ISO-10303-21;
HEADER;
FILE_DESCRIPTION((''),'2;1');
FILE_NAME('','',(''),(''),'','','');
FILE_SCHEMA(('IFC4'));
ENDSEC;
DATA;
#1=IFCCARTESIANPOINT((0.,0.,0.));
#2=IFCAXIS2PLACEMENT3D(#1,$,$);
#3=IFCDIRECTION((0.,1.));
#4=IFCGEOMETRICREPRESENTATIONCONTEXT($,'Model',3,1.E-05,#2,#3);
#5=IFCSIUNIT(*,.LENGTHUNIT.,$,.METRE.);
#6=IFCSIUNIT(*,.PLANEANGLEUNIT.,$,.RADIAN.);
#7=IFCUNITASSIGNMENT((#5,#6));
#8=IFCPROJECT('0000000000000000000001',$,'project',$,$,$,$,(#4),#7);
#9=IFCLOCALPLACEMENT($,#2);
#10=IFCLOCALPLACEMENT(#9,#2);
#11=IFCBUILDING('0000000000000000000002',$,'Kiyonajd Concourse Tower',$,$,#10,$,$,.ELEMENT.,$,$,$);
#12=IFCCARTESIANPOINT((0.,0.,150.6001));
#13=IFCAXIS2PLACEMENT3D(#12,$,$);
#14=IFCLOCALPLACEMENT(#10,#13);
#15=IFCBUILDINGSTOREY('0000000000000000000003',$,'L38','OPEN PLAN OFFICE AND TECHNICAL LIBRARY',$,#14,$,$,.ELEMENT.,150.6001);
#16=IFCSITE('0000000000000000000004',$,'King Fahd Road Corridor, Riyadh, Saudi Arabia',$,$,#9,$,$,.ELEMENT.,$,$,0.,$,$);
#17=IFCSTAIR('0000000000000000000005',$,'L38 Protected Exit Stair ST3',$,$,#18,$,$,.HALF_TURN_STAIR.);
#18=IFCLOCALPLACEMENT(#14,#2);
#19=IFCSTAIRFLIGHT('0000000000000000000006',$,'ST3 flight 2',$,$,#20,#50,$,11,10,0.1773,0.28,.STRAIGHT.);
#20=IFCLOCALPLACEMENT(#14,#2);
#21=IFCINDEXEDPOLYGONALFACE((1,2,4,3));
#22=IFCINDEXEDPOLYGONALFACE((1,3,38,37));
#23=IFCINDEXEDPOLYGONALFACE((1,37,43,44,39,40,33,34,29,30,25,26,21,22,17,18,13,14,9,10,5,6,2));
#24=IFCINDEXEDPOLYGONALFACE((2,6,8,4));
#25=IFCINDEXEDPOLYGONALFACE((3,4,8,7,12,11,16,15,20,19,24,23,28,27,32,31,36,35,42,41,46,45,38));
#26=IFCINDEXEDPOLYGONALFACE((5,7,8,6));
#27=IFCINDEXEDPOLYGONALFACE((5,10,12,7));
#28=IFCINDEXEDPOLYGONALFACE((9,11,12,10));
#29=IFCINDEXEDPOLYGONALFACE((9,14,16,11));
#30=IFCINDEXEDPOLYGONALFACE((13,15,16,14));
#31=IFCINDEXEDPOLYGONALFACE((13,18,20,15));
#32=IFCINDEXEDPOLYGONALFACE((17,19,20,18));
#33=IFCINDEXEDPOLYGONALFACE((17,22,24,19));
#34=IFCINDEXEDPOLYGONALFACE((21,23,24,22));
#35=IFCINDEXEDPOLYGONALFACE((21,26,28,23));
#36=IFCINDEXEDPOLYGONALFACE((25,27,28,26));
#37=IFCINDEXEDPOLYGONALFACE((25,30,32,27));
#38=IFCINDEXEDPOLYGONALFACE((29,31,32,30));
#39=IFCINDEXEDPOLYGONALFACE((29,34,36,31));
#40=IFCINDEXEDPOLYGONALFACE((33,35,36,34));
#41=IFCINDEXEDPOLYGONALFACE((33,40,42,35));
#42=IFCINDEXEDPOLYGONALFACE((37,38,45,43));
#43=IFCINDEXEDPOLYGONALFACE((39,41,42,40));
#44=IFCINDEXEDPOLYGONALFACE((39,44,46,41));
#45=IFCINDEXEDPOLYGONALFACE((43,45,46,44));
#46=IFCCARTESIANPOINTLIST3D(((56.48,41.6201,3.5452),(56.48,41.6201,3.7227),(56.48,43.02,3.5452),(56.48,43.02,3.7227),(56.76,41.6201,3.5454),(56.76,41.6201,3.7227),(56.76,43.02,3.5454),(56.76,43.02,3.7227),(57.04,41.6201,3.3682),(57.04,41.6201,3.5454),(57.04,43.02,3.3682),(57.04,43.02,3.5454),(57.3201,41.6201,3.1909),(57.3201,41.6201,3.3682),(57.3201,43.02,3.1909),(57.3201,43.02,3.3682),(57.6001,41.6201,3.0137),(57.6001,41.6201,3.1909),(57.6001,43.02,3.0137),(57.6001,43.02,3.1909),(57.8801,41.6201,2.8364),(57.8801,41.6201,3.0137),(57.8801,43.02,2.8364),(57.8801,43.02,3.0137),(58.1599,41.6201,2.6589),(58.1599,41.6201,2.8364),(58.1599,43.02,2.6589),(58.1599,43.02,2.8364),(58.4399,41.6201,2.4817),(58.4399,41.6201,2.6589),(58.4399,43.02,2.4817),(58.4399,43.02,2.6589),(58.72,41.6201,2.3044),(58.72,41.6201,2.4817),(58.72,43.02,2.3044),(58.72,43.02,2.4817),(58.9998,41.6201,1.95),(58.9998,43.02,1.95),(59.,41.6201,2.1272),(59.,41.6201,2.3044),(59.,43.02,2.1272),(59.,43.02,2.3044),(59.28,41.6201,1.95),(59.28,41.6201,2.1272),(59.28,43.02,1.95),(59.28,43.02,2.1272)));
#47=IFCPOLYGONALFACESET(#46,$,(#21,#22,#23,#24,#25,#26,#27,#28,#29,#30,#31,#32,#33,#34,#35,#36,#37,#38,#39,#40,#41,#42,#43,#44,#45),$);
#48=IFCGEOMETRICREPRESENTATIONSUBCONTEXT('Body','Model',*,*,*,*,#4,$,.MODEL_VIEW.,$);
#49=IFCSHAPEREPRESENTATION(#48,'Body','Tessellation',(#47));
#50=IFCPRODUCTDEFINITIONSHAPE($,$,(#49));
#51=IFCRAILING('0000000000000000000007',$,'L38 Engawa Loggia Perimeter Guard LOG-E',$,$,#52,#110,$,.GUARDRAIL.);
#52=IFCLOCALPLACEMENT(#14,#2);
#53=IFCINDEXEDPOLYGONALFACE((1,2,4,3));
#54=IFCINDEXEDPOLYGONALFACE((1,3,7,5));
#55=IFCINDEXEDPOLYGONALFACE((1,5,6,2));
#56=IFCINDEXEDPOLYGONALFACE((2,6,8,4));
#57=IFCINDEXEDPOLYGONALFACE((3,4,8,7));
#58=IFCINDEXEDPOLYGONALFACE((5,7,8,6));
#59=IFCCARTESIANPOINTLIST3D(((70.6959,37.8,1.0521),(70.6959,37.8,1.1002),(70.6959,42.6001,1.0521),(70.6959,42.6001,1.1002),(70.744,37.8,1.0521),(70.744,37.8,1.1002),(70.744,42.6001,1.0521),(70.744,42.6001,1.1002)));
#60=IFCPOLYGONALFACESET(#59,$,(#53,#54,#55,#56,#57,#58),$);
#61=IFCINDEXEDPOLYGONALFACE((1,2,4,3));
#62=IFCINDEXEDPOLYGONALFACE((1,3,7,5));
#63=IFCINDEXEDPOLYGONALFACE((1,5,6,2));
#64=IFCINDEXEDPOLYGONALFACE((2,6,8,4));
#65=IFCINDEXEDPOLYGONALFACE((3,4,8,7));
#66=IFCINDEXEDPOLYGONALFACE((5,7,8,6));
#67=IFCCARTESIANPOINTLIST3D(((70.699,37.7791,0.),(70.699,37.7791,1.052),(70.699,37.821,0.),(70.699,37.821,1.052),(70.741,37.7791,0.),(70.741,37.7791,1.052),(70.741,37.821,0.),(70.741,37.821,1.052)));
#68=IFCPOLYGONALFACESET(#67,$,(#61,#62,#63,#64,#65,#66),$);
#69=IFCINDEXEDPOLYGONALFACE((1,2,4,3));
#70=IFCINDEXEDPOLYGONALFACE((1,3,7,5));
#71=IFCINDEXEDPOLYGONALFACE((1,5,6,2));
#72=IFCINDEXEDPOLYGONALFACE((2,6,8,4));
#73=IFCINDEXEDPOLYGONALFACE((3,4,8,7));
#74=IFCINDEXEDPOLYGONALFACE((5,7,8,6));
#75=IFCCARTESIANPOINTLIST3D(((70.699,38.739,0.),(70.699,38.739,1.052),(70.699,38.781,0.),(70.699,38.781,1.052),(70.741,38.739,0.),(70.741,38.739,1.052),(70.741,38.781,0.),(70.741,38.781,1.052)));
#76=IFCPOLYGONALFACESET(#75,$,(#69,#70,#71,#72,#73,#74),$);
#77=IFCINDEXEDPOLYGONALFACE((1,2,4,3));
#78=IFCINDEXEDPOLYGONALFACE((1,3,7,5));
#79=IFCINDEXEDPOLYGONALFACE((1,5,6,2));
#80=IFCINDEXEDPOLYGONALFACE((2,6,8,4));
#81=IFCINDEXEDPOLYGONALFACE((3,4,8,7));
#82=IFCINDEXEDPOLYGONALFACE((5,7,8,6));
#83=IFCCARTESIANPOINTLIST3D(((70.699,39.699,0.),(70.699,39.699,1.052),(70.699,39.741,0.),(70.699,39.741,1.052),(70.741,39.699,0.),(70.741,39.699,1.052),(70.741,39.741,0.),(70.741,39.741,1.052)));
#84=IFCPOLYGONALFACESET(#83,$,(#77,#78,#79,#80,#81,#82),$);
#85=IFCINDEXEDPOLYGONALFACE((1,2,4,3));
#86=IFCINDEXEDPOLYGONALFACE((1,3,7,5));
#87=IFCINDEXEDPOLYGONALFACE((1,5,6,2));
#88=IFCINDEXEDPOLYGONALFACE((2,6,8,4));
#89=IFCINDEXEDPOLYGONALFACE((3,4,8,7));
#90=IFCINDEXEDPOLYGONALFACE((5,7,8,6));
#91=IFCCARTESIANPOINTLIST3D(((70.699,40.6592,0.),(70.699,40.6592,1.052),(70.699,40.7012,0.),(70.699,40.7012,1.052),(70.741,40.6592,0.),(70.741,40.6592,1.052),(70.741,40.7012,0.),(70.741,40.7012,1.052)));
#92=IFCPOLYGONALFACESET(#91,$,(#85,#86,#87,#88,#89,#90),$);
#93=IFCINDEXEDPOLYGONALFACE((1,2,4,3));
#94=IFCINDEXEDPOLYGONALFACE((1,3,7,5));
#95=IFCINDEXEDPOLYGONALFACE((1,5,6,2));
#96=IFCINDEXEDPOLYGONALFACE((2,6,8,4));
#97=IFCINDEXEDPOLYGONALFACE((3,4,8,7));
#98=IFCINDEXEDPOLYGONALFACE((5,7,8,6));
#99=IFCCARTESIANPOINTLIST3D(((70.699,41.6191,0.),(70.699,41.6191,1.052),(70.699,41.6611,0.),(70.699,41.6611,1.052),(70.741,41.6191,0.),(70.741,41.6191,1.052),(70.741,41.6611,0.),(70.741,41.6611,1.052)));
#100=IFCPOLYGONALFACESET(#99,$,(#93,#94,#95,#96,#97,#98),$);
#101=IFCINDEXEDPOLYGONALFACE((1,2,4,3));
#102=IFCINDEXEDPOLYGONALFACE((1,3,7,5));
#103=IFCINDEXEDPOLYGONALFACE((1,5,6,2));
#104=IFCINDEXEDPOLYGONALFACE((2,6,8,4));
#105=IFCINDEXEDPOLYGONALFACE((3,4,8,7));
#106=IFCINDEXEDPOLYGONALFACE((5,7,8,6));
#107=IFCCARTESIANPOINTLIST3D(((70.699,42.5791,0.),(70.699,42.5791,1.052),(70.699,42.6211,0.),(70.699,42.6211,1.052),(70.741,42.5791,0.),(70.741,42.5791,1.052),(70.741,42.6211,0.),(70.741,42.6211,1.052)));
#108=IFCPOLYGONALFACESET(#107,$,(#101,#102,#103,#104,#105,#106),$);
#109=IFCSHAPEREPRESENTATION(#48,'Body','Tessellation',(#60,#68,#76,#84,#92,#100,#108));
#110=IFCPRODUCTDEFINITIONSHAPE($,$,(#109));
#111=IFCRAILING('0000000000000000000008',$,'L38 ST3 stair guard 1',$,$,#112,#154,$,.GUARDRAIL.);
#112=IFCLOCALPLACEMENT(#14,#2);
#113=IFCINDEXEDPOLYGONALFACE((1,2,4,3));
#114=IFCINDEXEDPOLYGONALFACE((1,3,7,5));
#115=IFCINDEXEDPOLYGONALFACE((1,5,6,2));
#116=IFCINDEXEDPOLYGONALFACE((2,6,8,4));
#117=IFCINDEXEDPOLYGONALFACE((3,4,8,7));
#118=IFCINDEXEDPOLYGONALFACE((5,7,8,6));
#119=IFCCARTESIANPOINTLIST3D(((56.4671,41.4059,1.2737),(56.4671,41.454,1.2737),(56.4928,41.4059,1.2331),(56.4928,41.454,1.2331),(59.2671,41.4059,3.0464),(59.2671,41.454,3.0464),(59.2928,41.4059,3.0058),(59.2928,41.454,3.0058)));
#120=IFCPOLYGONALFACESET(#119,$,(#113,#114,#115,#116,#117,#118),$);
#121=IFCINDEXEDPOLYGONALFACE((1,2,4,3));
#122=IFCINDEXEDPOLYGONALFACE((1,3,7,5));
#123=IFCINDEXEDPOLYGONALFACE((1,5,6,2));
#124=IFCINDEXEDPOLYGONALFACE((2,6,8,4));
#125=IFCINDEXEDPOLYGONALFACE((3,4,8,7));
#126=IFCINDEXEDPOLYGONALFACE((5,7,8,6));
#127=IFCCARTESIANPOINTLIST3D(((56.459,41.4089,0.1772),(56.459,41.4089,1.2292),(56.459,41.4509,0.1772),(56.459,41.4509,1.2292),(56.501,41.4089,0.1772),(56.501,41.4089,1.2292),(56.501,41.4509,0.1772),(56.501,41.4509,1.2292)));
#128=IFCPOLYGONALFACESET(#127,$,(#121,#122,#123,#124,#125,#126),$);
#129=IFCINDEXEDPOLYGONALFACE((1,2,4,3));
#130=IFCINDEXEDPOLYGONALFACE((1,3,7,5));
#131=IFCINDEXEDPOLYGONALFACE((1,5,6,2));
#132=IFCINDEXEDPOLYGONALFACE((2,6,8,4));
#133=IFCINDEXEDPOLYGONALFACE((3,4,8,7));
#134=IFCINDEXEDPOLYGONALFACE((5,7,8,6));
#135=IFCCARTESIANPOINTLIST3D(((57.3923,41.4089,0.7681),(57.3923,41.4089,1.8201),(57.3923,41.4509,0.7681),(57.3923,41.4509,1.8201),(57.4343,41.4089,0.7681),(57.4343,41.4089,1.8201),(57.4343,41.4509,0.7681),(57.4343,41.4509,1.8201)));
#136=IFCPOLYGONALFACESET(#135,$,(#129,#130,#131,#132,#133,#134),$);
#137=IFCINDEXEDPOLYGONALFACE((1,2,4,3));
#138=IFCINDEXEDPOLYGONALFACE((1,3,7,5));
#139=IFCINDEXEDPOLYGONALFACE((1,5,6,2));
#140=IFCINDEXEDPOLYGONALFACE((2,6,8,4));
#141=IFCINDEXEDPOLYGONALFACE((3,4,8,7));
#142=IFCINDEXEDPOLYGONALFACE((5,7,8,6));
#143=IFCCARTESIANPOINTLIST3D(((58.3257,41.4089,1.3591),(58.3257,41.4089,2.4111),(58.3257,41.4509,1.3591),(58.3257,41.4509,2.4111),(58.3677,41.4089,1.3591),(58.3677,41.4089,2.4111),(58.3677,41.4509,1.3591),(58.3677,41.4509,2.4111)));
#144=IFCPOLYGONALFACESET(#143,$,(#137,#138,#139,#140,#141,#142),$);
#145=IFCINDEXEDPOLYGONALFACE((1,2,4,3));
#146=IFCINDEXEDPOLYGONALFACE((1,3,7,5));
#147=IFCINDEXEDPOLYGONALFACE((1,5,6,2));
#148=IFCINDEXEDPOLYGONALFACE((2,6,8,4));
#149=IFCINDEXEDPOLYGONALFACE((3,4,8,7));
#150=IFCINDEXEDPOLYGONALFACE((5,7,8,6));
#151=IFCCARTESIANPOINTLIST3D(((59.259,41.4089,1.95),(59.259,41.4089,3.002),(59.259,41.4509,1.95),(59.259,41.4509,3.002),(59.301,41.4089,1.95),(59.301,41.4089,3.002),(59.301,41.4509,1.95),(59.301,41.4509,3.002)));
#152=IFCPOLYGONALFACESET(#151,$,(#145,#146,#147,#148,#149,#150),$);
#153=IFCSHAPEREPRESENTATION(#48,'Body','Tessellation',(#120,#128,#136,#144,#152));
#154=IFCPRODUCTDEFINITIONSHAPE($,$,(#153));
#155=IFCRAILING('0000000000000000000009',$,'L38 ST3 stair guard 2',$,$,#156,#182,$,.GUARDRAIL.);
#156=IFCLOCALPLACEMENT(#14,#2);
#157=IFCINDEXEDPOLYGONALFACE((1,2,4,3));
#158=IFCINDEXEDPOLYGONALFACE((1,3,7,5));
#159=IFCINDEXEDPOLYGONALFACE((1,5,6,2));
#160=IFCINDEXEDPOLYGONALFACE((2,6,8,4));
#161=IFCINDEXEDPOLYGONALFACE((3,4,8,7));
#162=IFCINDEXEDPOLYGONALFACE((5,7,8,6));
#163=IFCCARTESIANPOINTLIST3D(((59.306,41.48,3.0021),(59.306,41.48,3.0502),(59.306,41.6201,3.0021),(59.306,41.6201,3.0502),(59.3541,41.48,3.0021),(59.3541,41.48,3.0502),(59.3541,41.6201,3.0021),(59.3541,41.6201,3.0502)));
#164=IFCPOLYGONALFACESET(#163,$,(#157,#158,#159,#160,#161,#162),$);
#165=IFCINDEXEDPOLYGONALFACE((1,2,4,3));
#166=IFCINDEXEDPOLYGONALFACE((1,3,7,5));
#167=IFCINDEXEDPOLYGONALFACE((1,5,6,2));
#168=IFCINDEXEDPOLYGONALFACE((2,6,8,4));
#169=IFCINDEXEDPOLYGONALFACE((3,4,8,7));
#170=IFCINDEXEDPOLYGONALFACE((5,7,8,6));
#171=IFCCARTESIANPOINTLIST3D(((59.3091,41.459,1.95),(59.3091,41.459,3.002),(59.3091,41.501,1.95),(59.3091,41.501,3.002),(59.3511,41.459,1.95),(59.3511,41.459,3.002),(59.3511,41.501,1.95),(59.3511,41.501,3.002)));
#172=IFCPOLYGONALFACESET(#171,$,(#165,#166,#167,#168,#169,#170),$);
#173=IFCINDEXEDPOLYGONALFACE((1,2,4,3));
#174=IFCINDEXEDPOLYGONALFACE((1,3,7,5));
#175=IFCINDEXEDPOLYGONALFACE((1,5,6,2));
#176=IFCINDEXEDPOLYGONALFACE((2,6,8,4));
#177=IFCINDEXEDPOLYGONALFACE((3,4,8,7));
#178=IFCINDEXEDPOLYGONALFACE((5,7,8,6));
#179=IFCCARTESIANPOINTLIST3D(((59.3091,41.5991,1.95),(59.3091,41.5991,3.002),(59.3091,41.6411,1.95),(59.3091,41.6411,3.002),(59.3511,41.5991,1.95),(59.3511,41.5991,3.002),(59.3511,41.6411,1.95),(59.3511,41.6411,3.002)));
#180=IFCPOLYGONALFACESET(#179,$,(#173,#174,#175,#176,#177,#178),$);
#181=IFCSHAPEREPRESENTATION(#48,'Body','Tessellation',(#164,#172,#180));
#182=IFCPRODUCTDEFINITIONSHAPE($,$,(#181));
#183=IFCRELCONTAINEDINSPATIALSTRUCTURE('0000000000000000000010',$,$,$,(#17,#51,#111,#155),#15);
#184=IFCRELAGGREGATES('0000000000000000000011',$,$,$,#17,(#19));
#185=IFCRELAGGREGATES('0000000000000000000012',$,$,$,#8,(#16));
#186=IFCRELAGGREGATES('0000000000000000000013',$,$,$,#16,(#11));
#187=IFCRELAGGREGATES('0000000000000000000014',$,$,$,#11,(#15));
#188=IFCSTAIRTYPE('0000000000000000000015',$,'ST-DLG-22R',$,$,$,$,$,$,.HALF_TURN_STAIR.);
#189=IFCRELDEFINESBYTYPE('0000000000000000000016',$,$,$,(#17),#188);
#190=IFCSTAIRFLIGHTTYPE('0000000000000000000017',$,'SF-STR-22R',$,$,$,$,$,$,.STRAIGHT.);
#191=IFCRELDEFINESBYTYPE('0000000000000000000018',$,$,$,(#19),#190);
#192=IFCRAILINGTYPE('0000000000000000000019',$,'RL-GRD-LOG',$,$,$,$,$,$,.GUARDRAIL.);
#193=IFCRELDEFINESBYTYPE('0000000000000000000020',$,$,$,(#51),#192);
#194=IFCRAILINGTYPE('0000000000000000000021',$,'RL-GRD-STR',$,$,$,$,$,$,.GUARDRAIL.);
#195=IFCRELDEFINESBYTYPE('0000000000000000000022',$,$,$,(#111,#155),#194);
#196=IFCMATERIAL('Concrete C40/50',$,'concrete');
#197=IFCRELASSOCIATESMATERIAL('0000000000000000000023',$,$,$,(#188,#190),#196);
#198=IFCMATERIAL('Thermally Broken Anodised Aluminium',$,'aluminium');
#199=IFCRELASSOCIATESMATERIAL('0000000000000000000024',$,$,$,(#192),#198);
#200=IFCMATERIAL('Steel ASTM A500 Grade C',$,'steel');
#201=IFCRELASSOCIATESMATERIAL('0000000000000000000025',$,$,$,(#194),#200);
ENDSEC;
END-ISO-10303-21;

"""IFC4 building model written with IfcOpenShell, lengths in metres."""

from ifc_helpers import new_model, si_unit, direction, frame, origin, origin_2d, place, context, subcontext, project, spatial, polyline, rectangle, outline, extrude, material, type_object, element, aggregate, save


model = new_model("IFC4")

# Units and contexts
model_context = context("Model", 3, precision=1e-05, world=origin(), true_north=direction((0.0, 1.0)))
body_context = subcontext(model_context, "Body", "Model", "MODEL_VIEW")
ifc_project = project(units=[si_unit("LENGTHUNIT", "METRE"), si_unit("PLANEANGLEUNIT", "RADIAN")], contexts=[model_context])

# Site, building, storey
site_placement = place(None, origin())
site = spatial("IfcSite", under=ifc_project, at=site_placement, Name="King Fahd Road Corridor, Riyadh, Saudi Arabia", CompositionType="ELEMENT", RefElevation=0.0)
building_placement = place(site_placement, origin())
building = spatial("IfcBuilding", under=site, at=building_placement, Name="Kiyonajd Concourse Tower", CompositionType="ELEMENT")
storey_placement = place(building_placement, frame((0.0, 0.0, 150.6001)))
storey = spatial("IfcBuildingStorey", under=building, at=storey_placement, Name="L38", Description="OPEN PLAN OFFICE AND TECHNICAL LIBRARY", CompositionType="ELEMENT", Elevation=150.6001)

# Shared definitions
ifc_material_1 = material(Name="Thermally Broken Anodised Aluminium", Category="aluminium")

# Stair, stair flight
ifc_material_2 = material(Name="Concrete C40/50", Category="concrete")
stair_type = type_object("IfcStairType", Name="ST-DLG-22R", PredefinedType="HALF_TURN_STAIR", material=ifc_material_2)
stair_placement = place(storey_placement, origin())
stair = element("IfcStair", 1, at=stair_placement, inside=storey, type_object=stair_type, Name="L38 Protected Exit Stair ST3", PredefinedType="HALF_TURN_STAIR")
stair_flight_type = type_object("IfcStairFlightType", Name="SF-STR-22R", PredefinedType="STRAIGHT", material=ifc_material_2)
stair_flight_1_placement = place(storey_placement, frame((59.28, 42.3201, 1.95), z_axis=(0.0, 0.0, 1.0), x_axis=(-1.0, 0.0, 0.0)))
stair_flight_1 = element("IfcStairFlight", 2, at=stair_flight_1_placement, type_object=stair_flight_type, Name="ST3 flight 2", NumberOfRisers=11, NumberOfTreads=10, PredefinedType="STRAIGHT", RiserHeight=0.1773, TreadLength=0.28, context=body_context, shape_type="SweptSolid", body=[
    extrude(outline(polyline([(0.0, 0.0), (0.0, 0.1772), (0.28, 0.1772), (0.28, 0.3545), (0.5601, 0.3545), (0.5601, 0.5317), (0.8401, 0.5317), (0.8401, 0.709), (1.1201, 0.709), (1.1201, 0.8865), (1.3999, 0.8865), (1.3999, 1.0637), (1.6799, 1.0637), (1.6799, 1.241), (1.96, 1.241), (1.96, 1.4182), (2.24, 1.4182), (2.24, 1.5955), (2.52, 1.5955), (2.52, 1.7727), (2.8, 1.7727), (2.8, 1.95), (2.8, 1.5952), (0.2803, 0.0), (0.0, 0.0)])), frame((0.0, 0.7, 0.0), z_axis=(0.0, -1.0, 0.0), x_axis=(1.0, 0.0, 0.0)), (0.0, 0.0, 1.0), 1.3999),
])
aggregate(stair, [stair_flight_1])

# Railings
railing_type_1 = type_object("IfcRailingType", Name="RL-GRD-LOG", PredefinedType="GUARDRAIL", material=ifc_material_1)
railing_1_placement = place(storey_placement, frame((70.72, 37.8, 0.0)))
element("IfcRailing", 3, at=railing_1_placement, inside=storey, type_object=railing_type_1, Name="L38 Engawa Loggia Perimeter Guard LOG-E", PredefinedType="GUARDRAIL", context=body_context, shape_type="SweptSolid", body=[
    extrude(rectangle(XDim=0.0481, YDim=0.0481, at=origin_2d()), frame((0.0, 0.0, 1.0762), z_axis=(0.0, 1.0, 0.0), x_axis=(-1.0, 0.0, 0.0)), (0.0, 0.0, 1.0), 4.8),
    extrude(rectangle(XDim=0.042, YDim=0.042, at=origin_2d()), origin(), (0.0, 0.0, 1.0), 1.052),
    extrude(rectangle(XDim=0.042, YDim=0.042, at=origin_2d()), frame((0.0, 0.96, 0.0)), (0.0, 0.0, 1.0), 1.052),
    extrude(rectangle(XDim=0.042, YDim=0.042, at=origin_2d()), frame((0.0, 1.9199, 0.0)), (0.0, 0.0, 1.0), 1.052),
    extrude(rectangle(XDim=0.042, YDim=0.042, at=origin_2d()), frame((0.0, 2.8801, 0.0)), (0.0, 0.0, 1.0), 1.052),
    extrude(rectangle(XDim=0.042, YDim=0.042, at=origin_2d()), frame((0.0, 3.8401, 0.0)), (0.0, 0.0, 1.0), 1.052),
    extrude(rectangle(XDim=0.042, YDim=0.042, at=origin_2d()), frame((0.0, 4.8, 0.0)), (0.0, 0.0, 1.0), 1.052),
])
ifc_material_3 = material(Name="Steel ASTM A500 Grade C", Category="steel")
railing_type_2 = type_object("IfcRailingType", Name="RL-GRD-STR", PredefinedType="GUARDRAIL", material=ifc_material_3)
railing_2_placement = place(storey_placement, frame((56.48, 41.4299, 0.1772)))
element("IfcRailing", 4, at=railing_2_placement, inside=storey, type_object=railing_type_2, Name="L38 ST3 stair guard 1", PredefinedType="GUARDRAIL", context=body_context, shape_type="SweptSolid", body=[
    extrude(rectangle(XDim=0.0481, YDim=0.0481, at=origin_2d()), frame((0.0, 0.0, 1.0762), z_axis=(0.844909, 0.0, 0.53491), x_axis=(0.0, 1.0, 0.0)), (0.0, 0.0, 1.0), 3.314),
    extrude(rectangle(XDim=0.042, YDim=0.042, at=origin_2d()), origin(), (0.0, 0.0, 1.0), 1.052),
    extrude(rectangle(XDim=0.042, YDim=0.042, at=origin_2d()), frame((0.9333, 0.0, 0.5908)), (0.0, 0.0, 1.0), 1.052),
    extrude(rectangle(XDim=0.042, YDim=0.042, at=origin_2d()), frame((1.8667, 0.0, 1.1819)), (0.0, 0.0, 1.0), 1.052),
    extrude(rectangle(XDim=0.042, YDim=0.042, at=origin_2d()), frame((2.8, 0.0, 1.7727)), (0.0, 0.0, 1.0), 1.052),
])
railing_3_placement = place(storey_placement, frame((59.3301, 41.48, 1.95)))
element("IfcRailing", 5, at=railing_3_placement, inside=storey, type_object=railing_type_2, Name="L38 ST3 stair guard 2", PredefinedType="GUARDRAIL", context=body_context, shape_type="SweptSolid", body=[
    extrude(rectangle(XDim=0.0481, YDim=0.0481, at=origin_2d()), frame((0.0, 0.0, 1.0762), z_axis=(0.0, 1.0, 0.0), x_axis=(-1.0, 0.0, 0.0)), (0.0, 0.0, 1.0), 0.1401),
    extrude(rectangle(XDim=0.042, YDim=0.042, at=origin_2d()), origin(), (0.0, 0.0, 1.0), 1.052),
    extrude(rectangle(XDim=0.042, YDim=0.042, at=origin_2d()), frame((0.0, 0.1401, 0.0)), (0.0, 0.0, 1.0), 1.052),
])

save(model, "model.ifc")
